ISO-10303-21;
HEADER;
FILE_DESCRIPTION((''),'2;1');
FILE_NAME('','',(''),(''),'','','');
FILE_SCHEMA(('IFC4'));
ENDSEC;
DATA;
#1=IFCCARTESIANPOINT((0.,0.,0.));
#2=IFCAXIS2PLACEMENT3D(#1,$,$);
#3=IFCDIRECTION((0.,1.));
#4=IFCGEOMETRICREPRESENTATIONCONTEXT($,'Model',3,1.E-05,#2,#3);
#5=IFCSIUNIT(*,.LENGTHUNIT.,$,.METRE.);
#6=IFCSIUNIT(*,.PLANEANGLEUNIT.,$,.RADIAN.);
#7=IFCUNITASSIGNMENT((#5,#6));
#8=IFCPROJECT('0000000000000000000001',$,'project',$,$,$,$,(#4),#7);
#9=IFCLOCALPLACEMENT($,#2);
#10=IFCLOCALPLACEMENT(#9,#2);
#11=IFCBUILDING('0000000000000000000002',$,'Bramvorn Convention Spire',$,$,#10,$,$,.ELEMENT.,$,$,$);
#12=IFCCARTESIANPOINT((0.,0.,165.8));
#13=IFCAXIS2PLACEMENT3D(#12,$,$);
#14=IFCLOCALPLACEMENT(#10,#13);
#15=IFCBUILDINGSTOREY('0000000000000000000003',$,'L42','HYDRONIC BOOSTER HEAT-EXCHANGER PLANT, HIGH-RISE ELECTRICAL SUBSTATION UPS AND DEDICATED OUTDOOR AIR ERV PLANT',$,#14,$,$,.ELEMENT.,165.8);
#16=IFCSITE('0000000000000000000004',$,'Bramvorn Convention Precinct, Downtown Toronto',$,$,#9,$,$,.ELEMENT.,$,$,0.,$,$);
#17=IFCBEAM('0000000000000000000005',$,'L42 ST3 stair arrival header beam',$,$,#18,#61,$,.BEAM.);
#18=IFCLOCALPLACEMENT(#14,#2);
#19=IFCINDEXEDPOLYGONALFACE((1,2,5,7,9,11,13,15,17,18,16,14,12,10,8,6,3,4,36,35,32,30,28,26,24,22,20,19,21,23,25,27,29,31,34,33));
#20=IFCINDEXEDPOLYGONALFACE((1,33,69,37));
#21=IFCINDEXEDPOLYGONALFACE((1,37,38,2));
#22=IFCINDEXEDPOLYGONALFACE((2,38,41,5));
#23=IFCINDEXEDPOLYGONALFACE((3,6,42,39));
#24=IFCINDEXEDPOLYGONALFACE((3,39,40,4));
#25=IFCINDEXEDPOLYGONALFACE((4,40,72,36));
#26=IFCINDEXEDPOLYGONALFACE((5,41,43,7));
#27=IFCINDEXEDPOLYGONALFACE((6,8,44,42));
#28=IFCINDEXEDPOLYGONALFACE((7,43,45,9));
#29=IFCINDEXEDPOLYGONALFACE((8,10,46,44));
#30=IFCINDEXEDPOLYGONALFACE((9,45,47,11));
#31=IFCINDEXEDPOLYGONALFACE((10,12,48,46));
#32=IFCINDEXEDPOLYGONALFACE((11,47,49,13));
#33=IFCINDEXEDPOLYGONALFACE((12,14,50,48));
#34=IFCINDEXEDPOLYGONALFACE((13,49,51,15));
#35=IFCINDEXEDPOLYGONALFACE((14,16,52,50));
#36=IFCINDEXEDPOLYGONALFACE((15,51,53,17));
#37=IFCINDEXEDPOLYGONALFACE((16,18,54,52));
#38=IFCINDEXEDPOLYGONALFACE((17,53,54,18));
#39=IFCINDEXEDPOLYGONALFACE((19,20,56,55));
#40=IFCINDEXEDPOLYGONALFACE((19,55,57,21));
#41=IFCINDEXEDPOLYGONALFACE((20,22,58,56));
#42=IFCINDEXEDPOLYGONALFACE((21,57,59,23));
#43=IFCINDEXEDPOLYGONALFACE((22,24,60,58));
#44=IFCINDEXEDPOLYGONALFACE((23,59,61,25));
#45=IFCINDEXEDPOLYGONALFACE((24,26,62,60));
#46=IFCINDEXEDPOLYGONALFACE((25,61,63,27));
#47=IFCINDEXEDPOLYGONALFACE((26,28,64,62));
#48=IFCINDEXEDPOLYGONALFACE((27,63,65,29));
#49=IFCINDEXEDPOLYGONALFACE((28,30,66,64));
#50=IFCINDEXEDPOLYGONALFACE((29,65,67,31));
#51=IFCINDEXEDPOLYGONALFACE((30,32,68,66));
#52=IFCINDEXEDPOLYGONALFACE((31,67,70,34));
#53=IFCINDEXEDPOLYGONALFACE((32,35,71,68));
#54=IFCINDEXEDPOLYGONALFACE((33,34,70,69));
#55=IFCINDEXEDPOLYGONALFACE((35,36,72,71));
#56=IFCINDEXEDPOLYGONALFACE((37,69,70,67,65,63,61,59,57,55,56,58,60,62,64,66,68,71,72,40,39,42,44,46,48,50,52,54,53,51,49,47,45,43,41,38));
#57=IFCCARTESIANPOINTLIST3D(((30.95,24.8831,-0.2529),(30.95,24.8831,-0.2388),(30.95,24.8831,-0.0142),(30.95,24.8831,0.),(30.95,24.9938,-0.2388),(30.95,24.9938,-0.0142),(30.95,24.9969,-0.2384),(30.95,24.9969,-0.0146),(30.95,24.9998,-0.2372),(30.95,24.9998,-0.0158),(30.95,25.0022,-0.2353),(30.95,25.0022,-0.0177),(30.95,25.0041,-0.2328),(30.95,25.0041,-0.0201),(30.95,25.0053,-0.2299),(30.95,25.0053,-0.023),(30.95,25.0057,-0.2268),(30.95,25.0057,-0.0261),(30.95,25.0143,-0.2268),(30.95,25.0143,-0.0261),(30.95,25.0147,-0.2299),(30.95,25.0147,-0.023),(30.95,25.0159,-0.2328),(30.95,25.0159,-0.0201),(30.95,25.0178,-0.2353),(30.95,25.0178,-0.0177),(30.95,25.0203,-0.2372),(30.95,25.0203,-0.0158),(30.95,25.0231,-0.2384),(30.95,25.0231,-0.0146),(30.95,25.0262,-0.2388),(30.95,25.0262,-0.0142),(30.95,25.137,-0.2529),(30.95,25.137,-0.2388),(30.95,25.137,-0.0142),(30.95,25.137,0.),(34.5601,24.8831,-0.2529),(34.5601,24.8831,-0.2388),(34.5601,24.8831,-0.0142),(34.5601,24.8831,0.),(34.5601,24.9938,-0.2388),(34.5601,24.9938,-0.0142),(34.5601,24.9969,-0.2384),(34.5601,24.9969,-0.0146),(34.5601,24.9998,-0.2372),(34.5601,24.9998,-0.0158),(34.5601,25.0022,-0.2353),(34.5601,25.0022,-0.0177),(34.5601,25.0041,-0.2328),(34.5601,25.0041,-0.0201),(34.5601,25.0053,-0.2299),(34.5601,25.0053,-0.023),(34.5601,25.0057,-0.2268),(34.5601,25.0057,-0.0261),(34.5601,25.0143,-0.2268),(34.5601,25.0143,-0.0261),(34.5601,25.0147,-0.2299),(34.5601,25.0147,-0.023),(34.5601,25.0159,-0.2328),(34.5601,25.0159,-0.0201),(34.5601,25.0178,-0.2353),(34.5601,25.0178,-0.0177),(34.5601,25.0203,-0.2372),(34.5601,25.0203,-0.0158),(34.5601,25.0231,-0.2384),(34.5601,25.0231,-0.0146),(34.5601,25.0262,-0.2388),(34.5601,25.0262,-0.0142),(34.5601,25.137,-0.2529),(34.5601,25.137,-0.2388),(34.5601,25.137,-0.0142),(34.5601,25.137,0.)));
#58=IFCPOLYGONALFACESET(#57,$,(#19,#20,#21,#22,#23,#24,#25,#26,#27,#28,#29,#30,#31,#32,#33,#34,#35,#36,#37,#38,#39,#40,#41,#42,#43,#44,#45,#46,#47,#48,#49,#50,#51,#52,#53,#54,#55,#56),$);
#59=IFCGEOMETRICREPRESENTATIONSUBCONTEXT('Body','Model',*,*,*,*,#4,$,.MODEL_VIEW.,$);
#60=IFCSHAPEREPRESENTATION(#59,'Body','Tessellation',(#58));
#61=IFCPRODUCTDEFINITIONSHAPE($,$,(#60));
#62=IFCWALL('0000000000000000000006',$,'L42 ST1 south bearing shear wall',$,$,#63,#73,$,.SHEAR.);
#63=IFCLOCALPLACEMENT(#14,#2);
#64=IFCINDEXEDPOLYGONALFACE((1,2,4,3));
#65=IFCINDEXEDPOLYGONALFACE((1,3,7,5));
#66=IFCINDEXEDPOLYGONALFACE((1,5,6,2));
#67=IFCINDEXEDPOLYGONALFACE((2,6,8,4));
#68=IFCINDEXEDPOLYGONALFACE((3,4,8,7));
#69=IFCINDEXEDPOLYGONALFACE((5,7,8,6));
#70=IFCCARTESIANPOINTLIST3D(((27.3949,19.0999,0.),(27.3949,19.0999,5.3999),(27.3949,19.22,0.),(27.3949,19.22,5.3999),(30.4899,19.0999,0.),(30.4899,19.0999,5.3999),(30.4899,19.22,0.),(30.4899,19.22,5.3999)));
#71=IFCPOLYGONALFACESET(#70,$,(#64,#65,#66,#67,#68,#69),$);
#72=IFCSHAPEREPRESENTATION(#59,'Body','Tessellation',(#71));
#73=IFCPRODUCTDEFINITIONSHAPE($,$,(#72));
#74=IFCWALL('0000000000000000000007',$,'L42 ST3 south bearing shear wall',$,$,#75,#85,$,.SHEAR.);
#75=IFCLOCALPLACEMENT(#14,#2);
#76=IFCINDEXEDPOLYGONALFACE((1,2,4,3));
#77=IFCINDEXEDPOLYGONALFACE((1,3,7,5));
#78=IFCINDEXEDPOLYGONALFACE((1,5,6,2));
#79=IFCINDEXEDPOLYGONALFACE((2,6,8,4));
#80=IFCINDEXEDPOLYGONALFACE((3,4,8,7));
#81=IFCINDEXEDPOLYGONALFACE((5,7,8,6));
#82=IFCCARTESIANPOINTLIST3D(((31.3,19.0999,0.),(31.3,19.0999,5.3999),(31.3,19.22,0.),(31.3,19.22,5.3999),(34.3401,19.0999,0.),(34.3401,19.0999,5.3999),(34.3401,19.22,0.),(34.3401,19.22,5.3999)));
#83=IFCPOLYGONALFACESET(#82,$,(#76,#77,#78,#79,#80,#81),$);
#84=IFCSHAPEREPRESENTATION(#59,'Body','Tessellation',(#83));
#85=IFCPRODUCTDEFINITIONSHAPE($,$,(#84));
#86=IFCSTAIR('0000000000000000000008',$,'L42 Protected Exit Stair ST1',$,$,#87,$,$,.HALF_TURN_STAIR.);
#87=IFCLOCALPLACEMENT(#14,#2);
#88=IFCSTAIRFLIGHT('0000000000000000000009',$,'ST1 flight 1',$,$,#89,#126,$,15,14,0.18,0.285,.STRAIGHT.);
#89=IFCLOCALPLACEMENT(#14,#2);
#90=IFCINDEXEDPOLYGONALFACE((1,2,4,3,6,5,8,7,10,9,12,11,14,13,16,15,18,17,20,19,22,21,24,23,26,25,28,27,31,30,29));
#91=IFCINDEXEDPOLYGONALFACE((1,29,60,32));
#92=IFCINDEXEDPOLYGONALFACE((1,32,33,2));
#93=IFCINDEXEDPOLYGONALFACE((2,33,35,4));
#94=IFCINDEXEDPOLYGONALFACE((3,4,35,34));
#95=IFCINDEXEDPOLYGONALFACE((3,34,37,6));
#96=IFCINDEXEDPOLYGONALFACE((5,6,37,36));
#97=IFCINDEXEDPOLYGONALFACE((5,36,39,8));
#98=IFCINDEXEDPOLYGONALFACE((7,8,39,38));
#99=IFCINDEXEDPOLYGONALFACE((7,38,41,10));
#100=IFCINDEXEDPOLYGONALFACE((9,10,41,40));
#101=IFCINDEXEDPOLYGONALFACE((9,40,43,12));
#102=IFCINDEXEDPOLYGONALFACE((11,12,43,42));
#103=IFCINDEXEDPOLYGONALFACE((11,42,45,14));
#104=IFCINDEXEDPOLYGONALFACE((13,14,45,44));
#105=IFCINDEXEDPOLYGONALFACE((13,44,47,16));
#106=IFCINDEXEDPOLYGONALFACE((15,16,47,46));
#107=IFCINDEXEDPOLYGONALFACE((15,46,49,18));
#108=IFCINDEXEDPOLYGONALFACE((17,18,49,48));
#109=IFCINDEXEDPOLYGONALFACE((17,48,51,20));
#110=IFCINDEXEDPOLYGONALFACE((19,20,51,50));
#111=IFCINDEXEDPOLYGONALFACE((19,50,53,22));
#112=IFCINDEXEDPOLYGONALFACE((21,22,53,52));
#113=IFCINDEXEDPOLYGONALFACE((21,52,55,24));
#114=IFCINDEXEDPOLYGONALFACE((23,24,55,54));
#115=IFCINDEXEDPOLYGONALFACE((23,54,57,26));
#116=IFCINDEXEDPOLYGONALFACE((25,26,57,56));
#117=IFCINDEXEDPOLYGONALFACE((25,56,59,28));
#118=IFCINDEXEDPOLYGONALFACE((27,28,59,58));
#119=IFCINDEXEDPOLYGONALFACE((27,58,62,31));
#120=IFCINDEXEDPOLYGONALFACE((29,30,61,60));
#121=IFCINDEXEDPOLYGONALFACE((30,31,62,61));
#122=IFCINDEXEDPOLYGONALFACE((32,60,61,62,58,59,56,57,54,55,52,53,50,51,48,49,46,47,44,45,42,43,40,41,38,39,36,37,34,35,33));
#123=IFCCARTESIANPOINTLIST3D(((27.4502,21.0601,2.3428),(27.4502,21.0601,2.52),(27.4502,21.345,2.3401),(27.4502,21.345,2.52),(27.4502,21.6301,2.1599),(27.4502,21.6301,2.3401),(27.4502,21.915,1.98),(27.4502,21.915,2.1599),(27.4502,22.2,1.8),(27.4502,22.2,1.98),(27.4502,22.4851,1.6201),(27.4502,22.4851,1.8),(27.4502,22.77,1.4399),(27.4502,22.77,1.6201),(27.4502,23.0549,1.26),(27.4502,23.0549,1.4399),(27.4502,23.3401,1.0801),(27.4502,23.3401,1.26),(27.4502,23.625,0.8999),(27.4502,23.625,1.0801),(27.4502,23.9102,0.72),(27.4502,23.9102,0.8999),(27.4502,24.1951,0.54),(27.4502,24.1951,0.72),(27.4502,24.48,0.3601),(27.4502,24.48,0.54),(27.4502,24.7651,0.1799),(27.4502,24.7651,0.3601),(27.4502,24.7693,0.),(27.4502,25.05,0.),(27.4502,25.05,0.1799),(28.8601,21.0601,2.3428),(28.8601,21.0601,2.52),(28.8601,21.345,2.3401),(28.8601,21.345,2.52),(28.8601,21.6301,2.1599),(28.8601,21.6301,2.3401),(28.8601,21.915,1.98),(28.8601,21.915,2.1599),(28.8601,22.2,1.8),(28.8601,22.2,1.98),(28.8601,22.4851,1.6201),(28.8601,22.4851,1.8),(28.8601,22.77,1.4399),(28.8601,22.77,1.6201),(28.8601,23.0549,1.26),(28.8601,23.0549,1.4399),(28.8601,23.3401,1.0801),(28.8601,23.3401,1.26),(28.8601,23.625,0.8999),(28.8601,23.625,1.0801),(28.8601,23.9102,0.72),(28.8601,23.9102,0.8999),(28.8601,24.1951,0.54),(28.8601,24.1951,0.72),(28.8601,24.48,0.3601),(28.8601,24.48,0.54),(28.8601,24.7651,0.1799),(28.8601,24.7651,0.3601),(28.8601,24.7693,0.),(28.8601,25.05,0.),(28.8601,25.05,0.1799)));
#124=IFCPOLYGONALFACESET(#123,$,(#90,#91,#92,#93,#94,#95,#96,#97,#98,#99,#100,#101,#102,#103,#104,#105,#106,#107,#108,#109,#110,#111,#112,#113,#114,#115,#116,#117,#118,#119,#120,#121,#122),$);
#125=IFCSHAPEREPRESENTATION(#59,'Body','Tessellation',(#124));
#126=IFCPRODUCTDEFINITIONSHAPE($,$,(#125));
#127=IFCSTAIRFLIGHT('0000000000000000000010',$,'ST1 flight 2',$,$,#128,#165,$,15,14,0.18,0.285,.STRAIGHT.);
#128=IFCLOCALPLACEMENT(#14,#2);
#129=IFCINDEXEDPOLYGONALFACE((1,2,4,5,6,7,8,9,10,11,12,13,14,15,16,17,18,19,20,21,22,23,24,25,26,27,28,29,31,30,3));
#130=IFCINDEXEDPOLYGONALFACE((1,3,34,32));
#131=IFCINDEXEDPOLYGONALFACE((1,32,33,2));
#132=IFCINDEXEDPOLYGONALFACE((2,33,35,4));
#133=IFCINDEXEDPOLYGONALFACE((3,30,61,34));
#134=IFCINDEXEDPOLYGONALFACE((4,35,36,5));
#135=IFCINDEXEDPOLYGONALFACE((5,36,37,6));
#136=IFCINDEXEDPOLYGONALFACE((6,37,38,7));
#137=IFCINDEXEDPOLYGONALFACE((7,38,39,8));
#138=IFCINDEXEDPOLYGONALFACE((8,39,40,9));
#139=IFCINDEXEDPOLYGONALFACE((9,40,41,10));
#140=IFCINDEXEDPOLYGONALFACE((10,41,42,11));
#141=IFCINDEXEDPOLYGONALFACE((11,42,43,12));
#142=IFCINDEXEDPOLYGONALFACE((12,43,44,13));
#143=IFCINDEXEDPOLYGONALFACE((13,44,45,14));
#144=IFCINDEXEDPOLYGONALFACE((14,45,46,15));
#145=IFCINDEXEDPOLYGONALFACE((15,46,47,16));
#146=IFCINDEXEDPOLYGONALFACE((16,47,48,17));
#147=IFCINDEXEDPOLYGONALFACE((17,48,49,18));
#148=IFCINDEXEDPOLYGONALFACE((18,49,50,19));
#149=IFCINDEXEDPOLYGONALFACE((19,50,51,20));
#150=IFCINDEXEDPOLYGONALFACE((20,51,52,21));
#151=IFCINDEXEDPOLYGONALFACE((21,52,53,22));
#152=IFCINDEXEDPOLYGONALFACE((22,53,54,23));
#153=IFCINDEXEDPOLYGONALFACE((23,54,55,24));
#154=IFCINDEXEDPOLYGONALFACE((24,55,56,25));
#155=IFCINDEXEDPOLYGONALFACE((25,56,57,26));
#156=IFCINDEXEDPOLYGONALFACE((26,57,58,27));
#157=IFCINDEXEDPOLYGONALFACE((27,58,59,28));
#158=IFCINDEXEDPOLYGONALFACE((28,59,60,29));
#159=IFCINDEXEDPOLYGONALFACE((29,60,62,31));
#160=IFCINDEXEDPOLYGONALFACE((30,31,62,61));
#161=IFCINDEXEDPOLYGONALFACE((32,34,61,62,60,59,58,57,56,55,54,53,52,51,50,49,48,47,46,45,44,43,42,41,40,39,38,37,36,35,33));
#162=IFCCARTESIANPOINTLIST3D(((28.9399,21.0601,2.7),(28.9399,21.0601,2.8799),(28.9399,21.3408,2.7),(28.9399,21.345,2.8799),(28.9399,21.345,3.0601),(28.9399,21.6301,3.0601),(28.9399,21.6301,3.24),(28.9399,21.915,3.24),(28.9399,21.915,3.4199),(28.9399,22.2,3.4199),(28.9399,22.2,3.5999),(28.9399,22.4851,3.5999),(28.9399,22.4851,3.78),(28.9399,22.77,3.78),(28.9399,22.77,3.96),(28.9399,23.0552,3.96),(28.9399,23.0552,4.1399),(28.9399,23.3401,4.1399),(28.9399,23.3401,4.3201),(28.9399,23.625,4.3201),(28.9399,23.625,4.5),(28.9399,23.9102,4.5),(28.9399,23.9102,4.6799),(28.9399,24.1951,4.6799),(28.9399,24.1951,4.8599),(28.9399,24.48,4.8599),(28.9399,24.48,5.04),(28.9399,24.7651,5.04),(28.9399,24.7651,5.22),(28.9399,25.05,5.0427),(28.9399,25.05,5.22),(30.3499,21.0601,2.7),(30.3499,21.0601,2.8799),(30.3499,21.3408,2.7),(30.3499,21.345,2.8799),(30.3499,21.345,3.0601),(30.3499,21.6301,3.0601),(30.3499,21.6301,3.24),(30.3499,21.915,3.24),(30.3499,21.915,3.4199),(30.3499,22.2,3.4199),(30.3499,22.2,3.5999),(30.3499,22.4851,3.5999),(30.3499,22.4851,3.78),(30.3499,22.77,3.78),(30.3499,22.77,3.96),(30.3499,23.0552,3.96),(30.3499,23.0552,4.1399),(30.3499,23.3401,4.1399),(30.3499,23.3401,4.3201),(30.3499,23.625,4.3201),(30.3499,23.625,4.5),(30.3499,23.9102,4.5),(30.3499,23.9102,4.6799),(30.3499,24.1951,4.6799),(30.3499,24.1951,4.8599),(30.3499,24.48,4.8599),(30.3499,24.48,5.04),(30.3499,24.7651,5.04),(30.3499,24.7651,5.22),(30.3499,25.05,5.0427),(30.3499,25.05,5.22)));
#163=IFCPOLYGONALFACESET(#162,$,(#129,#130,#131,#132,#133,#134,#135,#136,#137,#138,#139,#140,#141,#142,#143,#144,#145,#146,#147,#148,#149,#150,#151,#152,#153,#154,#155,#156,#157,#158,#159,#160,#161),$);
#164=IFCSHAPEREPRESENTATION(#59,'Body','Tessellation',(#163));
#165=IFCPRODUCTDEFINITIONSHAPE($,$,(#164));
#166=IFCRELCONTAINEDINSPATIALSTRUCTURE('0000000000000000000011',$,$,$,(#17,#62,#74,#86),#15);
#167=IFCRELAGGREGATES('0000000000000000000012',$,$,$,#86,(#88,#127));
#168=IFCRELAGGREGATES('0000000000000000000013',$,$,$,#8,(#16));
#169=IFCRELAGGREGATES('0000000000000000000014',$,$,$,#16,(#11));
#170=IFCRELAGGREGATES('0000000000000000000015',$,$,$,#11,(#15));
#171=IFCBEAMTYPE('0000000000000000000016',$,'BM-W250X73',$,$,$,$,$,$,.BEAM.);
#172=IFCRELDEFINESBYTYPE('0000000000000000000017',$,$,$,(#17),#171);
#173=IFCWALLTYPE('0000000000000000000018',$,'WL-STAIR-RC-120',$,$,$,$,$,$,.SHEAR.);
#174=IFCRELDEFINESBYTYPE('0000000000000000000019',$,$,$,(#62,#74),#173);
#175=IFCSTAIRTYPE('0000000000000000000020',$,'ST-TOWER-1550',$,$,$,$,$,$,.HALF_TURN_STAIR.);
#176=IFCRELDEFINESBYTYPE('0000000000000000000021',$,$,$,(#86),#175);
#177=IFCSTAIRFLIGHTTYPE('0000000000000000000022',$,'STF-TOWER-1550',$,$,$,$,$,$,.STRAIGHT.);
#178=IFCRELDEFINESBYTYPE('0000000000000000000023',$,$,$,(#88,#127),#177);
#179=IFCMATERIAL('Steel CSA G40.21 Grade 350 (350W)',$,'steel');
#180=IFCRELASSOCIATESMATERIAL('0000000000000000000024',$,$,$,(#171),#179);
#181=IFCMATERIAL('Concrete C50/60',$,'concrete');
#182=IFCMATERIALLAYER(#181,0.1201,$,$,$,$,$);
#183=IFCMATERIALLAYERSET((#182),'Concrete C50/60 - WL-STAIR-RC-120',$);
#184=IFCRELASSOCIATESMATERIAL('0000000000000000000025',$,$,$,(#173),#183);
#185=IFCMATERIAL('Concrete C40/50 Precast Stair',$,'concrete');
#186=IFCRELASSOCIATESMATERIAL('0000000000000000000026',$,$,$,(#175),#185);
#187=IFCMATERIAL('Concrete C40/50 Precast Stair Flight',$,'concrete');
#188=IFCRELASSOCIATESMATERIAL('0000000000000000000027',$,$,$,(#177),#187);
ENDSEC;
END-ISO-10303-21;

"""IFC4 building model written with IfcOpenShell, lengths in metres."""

from ifc_helpers import new_model, si_unit, direction, frame, frame_2d, origin, origin_2d, place, context, subcontext, project, spatial, polyline, rectangle, i_section, outline, extrude, material, layer, layer_set, material_profile, profile_set, type_object, element, aggregate, save


model = new_model("IFC4")

# Units and contexts
model_context = context("Model", 3, precision=1e-05, world=origin(), true_north=direction((0.0, 1.0)))
body_context = subcontext(model_context, "Body", "Model", "MODEL_VIEW")
ifc_project = project(units=[si_unit("LENGTHUNIT", "METRE"), si_unit("PLANEANGLEUNIT", "RADIAN")], contexts=[model_context])

# Site, building, storey
site_placement = place(None, origin())
site = spatial("IfcSite", under=ifc_project, at=site_placement, Name="Bramvorn Convention Precinct, Downtown Toronto", CompositionType="ELEMENT", RefElevation=0.0)
building_placement = place(site_placement, origin())
building = spatial("IfcBuilding", under=site, at=building_placement, Name="Bramvorn Convention Spire", CompositionType="ELEMENT")
storey_placement = place(building_placement, frame((0.0, 0.0, 165.8)))
storey = spatial("IfcBuildingStorey", under=building, at=storey_placement, Name="L42", Description="HYDRONIC BOOSTER HEAT-EXCHANGER PLANT, HIGH-RISE ELECTRICAL SUBSTATION UPS AND DEDICATED OUTDOOR AIR ERV PLANT", CompositionType="ELEMENT", Elevation=165.8)

# Beam
ifc_material_1 = material(Name="Steel CSA G40.21 Grade 350 (350W)", Category="steel")
ifc_material_profile = material_profile(ifc_material_1, i_section(OverallWidth=0.2539, OverallDepth=0.2529, WebThickness=0.0085, FlangeThickness=0.0142, FilletRadius=0.012, at=origin_2d()))
ifc_profile_set = profile_set([ifc_material_profile], Name="Steel CSA G40.21 Grade 350 (350W) - W250X73")
beam_type = type_object("IfcBeamType", Name="BM-W250X73", PredefinedType="BEAM", material=ifc_profile_set)
beam_placement = place(storey_placement, frame((30.95, 25.01, -0.1265), z_axis=(1.0, 0.0, 0.0), x_axis=(0.0, 1.0, 0.0)))
element("IfcBeam", 1, at=beam_placement, inside=storey, type_object=beam_type, Name="L42 ST3 stair arrival header beam", PredefinedType="BEAM", context=body_context, shape_type="SweptSolid", body=[
    extrude(i_section(OverallWidth=0.2539, OverallDepth=0.2529, WebThickness=0.0085, FlangeThickness=0.0142, FilletRadius=0.012, at=origin_2d()), origin(), (0.0, 0.0, 1.0), 3.6101),
])

# Walls
ifc_material_2 = material(Name="Concrete C50/60", Category="concrete")
ifc_layer = layer(ifc_material_2, 0.1201)
ifc_layer_set = layer_set([ifc_layer], Name="Concrete C50/60 - WL-STAIR-RC-120")
wall_type = type_object("IfcWallType", Name="WL-STAIR-RC-120", PredefinedType="SHEAR", material=ifc_layer_set)
wall_1_placement = place(storey_placement, frame((27.395, 19.1599, 0.0), z_axis=(0.0, 0.0, 1.0), x_axis=(1.0, 0.0, 0.0)))
element("IfcWall", 2, at=wall_1_placement, inside=storey, type_object=wall_type, Name="L42 ST1 south bearing shear wall", PredefinedType="SHEAR", context=body_context, shape_type="SweptSolid", body=[
    extrude(rectangle(XDim=3.095, YDim=0.1201, at=frame_2d((1.5474, 0.0))), origin(), (0.0, 0.0, 1.0), 5.3999),
])
wall_2_placement = place(storey_placement, frame((31.3, 19.1599, 0.0), z_axis=(0.0, 0.0, 1.0), x_axis=(1.0, 0.0, 0.0)))
element("IfcWall", 3, at=wall_2_placement, inside=storey, type_object=wall_type, Name="L42 ST3 south bearing shear wall", PredefinedType="SHEAR", context=body_context, shape_type="SweptSolid", body=[
    extrude(rectangle(XDim=3.04, YDim=0.1201, at=frame_2d((1.52, 0.0))), origin(), (0.0, 0.0, 1.0), 5.3999),
])

# Stair, stair flights
ifc_material_3 = material(Name="Concrete C40/50 Precast Stair", Category="concrete")
stair_type = type_object("IfcStairType", Name="ST-TOWER-1550", PredefinedType="HALF_TURN_STAIR", material=ifc_material_3)
stair_1_placement = place(storey_placement, origin())
stair_1 = element("IfcStair", 4, at=stair_1_placement, inside=storey, type_object=stair_type, Name="L42 Protected Exit Stair ST1", PredefinedType="HALF_TURN_STAIR")
ifc_material_4 = material(Name="Concrete C40/50 Precast Stair Flight", Category="concrete")
stair_flight_type = type_object("IfcStairFlightType", Name="STF-TOWER-1550", PredefinedType="STRAIGHT", material=ifc_material_4)
stair_flight_1_placement = place(storey_placement, frame((28.155, 25.05, 0.0), z_axis=(0.0, 0.0, 1.0), x_axis=(0.0, -1.0, 0.0)))
stair_flight_1 = element("IfcStairFlight", 5, at=stair_flight_1_placement, type_object=stair_flight_type, Name="ST1 flight 1", NumberOfRisers=15, NumberOfTreads=14, PredefinedType="STRAIGHT", RiserHeight=0.18, TreadLength=0.285, context=body_context, shape_type="SweptSolid", body=[
    extrude(outline(polyline([(0.0, 0.0), (0.0, 0.1799), (0.2849, 0.1799), (0.2849, 0.3601), (0.5701, 0.3601), (0.5701, 0.54), (0.855, 0.54), (0.855, 0.72), (1.1399, 0.72), (1.1399, 0.8999), (1.425, 0.8999), (1.425, 1.0801), (1.71, 1.0801), (1.71, 1.26), (1.9951, 1.26), (1.9951, 1.4399), (2.28, 1.4399), (2.28, 1.6201), (2.5649, 1.6201), (2.5649, 1.8), (2.8501, 1.8), (2.8501, 1.98), (3.135, 1.98), (3.135, 2.1599), (3.4199, 2.1599), (3.4199, 2.3401), (3.7051, 2.3401), (3.7051, 2.52), (3.99, 2.52), (3.99, 2.7), (3.99, 2.3428), (0.2808, 0.0), (0.0, 0.0)])), frame((0.0, 0.7051, 0.0), z_axis=(0.0, -1.0, 0.0), x_axis=(1.0, 0.0, 0.0)), (0.0, 0.0, 1.0), 1.4099),
])
stair_flight_2_placement = place(storey_placement, frame((29.645, 21.0601, 2.7), z_axis=(0.0, 0.0, 1.0), x_axis=(0.0, 1.0, 0.0)))
stair_flight_2 = element("IfcStairFlight", 6, at=stair_flight_2_placement, type_object=stair_flight_type, Name="ST1 flight 2", NumberOfRisers=15, NumberOfTreads=14, PredefinedType="STRAIGHT", RiserHeight=0.18, TreadLength=0.285, context=body_context, shape_type="SweptSolid", body=[
    extrude(outline(polyline([(0.0, 0.0), (0.0, 0.1799), (0.2849, 0.1799), (0.2849, 0.3601), (0.5701, 0.3601), (0.5701, 0.54), (0.855, 0.54), (0.855, 0.72), (1.1399, 0.72), (1.1399, 0.8999), (1.425, 0.8999), (1.425, 1.0801), (1.71, 1.0801), (1.71, 1.26), (1.9951, 1.26), (1.9951, 1.4399), (2.28, 1.4399), (2.28, 1.6201), (2.5649, 1.6201), (2.5649, 1.8), (2.8501, 1.8), (2.8501, 1.98), (3.135, 1.98), (3.135, 2.1599), (3.4199, 2.1599), (3.4199, 2.3401), (3.7051, 2.3401), (3.7051, 2.52), (3.99, 2.52), (3.99, 2.7), (3.99, 2.3428), (0.2808, 0.0), (0.0, 0.0)])), frame((0.0, 0.7051, 0.0), z_axis=(0.0, -1.0, 0.0), x_axis=(1.0, 0.0, 0.0)), (0.0, 0.0, 1.0), 1.4099),
])
aggregate(stair_1, [stair_flight_1, stair_flight_2])

save(model, "model.ifc")
